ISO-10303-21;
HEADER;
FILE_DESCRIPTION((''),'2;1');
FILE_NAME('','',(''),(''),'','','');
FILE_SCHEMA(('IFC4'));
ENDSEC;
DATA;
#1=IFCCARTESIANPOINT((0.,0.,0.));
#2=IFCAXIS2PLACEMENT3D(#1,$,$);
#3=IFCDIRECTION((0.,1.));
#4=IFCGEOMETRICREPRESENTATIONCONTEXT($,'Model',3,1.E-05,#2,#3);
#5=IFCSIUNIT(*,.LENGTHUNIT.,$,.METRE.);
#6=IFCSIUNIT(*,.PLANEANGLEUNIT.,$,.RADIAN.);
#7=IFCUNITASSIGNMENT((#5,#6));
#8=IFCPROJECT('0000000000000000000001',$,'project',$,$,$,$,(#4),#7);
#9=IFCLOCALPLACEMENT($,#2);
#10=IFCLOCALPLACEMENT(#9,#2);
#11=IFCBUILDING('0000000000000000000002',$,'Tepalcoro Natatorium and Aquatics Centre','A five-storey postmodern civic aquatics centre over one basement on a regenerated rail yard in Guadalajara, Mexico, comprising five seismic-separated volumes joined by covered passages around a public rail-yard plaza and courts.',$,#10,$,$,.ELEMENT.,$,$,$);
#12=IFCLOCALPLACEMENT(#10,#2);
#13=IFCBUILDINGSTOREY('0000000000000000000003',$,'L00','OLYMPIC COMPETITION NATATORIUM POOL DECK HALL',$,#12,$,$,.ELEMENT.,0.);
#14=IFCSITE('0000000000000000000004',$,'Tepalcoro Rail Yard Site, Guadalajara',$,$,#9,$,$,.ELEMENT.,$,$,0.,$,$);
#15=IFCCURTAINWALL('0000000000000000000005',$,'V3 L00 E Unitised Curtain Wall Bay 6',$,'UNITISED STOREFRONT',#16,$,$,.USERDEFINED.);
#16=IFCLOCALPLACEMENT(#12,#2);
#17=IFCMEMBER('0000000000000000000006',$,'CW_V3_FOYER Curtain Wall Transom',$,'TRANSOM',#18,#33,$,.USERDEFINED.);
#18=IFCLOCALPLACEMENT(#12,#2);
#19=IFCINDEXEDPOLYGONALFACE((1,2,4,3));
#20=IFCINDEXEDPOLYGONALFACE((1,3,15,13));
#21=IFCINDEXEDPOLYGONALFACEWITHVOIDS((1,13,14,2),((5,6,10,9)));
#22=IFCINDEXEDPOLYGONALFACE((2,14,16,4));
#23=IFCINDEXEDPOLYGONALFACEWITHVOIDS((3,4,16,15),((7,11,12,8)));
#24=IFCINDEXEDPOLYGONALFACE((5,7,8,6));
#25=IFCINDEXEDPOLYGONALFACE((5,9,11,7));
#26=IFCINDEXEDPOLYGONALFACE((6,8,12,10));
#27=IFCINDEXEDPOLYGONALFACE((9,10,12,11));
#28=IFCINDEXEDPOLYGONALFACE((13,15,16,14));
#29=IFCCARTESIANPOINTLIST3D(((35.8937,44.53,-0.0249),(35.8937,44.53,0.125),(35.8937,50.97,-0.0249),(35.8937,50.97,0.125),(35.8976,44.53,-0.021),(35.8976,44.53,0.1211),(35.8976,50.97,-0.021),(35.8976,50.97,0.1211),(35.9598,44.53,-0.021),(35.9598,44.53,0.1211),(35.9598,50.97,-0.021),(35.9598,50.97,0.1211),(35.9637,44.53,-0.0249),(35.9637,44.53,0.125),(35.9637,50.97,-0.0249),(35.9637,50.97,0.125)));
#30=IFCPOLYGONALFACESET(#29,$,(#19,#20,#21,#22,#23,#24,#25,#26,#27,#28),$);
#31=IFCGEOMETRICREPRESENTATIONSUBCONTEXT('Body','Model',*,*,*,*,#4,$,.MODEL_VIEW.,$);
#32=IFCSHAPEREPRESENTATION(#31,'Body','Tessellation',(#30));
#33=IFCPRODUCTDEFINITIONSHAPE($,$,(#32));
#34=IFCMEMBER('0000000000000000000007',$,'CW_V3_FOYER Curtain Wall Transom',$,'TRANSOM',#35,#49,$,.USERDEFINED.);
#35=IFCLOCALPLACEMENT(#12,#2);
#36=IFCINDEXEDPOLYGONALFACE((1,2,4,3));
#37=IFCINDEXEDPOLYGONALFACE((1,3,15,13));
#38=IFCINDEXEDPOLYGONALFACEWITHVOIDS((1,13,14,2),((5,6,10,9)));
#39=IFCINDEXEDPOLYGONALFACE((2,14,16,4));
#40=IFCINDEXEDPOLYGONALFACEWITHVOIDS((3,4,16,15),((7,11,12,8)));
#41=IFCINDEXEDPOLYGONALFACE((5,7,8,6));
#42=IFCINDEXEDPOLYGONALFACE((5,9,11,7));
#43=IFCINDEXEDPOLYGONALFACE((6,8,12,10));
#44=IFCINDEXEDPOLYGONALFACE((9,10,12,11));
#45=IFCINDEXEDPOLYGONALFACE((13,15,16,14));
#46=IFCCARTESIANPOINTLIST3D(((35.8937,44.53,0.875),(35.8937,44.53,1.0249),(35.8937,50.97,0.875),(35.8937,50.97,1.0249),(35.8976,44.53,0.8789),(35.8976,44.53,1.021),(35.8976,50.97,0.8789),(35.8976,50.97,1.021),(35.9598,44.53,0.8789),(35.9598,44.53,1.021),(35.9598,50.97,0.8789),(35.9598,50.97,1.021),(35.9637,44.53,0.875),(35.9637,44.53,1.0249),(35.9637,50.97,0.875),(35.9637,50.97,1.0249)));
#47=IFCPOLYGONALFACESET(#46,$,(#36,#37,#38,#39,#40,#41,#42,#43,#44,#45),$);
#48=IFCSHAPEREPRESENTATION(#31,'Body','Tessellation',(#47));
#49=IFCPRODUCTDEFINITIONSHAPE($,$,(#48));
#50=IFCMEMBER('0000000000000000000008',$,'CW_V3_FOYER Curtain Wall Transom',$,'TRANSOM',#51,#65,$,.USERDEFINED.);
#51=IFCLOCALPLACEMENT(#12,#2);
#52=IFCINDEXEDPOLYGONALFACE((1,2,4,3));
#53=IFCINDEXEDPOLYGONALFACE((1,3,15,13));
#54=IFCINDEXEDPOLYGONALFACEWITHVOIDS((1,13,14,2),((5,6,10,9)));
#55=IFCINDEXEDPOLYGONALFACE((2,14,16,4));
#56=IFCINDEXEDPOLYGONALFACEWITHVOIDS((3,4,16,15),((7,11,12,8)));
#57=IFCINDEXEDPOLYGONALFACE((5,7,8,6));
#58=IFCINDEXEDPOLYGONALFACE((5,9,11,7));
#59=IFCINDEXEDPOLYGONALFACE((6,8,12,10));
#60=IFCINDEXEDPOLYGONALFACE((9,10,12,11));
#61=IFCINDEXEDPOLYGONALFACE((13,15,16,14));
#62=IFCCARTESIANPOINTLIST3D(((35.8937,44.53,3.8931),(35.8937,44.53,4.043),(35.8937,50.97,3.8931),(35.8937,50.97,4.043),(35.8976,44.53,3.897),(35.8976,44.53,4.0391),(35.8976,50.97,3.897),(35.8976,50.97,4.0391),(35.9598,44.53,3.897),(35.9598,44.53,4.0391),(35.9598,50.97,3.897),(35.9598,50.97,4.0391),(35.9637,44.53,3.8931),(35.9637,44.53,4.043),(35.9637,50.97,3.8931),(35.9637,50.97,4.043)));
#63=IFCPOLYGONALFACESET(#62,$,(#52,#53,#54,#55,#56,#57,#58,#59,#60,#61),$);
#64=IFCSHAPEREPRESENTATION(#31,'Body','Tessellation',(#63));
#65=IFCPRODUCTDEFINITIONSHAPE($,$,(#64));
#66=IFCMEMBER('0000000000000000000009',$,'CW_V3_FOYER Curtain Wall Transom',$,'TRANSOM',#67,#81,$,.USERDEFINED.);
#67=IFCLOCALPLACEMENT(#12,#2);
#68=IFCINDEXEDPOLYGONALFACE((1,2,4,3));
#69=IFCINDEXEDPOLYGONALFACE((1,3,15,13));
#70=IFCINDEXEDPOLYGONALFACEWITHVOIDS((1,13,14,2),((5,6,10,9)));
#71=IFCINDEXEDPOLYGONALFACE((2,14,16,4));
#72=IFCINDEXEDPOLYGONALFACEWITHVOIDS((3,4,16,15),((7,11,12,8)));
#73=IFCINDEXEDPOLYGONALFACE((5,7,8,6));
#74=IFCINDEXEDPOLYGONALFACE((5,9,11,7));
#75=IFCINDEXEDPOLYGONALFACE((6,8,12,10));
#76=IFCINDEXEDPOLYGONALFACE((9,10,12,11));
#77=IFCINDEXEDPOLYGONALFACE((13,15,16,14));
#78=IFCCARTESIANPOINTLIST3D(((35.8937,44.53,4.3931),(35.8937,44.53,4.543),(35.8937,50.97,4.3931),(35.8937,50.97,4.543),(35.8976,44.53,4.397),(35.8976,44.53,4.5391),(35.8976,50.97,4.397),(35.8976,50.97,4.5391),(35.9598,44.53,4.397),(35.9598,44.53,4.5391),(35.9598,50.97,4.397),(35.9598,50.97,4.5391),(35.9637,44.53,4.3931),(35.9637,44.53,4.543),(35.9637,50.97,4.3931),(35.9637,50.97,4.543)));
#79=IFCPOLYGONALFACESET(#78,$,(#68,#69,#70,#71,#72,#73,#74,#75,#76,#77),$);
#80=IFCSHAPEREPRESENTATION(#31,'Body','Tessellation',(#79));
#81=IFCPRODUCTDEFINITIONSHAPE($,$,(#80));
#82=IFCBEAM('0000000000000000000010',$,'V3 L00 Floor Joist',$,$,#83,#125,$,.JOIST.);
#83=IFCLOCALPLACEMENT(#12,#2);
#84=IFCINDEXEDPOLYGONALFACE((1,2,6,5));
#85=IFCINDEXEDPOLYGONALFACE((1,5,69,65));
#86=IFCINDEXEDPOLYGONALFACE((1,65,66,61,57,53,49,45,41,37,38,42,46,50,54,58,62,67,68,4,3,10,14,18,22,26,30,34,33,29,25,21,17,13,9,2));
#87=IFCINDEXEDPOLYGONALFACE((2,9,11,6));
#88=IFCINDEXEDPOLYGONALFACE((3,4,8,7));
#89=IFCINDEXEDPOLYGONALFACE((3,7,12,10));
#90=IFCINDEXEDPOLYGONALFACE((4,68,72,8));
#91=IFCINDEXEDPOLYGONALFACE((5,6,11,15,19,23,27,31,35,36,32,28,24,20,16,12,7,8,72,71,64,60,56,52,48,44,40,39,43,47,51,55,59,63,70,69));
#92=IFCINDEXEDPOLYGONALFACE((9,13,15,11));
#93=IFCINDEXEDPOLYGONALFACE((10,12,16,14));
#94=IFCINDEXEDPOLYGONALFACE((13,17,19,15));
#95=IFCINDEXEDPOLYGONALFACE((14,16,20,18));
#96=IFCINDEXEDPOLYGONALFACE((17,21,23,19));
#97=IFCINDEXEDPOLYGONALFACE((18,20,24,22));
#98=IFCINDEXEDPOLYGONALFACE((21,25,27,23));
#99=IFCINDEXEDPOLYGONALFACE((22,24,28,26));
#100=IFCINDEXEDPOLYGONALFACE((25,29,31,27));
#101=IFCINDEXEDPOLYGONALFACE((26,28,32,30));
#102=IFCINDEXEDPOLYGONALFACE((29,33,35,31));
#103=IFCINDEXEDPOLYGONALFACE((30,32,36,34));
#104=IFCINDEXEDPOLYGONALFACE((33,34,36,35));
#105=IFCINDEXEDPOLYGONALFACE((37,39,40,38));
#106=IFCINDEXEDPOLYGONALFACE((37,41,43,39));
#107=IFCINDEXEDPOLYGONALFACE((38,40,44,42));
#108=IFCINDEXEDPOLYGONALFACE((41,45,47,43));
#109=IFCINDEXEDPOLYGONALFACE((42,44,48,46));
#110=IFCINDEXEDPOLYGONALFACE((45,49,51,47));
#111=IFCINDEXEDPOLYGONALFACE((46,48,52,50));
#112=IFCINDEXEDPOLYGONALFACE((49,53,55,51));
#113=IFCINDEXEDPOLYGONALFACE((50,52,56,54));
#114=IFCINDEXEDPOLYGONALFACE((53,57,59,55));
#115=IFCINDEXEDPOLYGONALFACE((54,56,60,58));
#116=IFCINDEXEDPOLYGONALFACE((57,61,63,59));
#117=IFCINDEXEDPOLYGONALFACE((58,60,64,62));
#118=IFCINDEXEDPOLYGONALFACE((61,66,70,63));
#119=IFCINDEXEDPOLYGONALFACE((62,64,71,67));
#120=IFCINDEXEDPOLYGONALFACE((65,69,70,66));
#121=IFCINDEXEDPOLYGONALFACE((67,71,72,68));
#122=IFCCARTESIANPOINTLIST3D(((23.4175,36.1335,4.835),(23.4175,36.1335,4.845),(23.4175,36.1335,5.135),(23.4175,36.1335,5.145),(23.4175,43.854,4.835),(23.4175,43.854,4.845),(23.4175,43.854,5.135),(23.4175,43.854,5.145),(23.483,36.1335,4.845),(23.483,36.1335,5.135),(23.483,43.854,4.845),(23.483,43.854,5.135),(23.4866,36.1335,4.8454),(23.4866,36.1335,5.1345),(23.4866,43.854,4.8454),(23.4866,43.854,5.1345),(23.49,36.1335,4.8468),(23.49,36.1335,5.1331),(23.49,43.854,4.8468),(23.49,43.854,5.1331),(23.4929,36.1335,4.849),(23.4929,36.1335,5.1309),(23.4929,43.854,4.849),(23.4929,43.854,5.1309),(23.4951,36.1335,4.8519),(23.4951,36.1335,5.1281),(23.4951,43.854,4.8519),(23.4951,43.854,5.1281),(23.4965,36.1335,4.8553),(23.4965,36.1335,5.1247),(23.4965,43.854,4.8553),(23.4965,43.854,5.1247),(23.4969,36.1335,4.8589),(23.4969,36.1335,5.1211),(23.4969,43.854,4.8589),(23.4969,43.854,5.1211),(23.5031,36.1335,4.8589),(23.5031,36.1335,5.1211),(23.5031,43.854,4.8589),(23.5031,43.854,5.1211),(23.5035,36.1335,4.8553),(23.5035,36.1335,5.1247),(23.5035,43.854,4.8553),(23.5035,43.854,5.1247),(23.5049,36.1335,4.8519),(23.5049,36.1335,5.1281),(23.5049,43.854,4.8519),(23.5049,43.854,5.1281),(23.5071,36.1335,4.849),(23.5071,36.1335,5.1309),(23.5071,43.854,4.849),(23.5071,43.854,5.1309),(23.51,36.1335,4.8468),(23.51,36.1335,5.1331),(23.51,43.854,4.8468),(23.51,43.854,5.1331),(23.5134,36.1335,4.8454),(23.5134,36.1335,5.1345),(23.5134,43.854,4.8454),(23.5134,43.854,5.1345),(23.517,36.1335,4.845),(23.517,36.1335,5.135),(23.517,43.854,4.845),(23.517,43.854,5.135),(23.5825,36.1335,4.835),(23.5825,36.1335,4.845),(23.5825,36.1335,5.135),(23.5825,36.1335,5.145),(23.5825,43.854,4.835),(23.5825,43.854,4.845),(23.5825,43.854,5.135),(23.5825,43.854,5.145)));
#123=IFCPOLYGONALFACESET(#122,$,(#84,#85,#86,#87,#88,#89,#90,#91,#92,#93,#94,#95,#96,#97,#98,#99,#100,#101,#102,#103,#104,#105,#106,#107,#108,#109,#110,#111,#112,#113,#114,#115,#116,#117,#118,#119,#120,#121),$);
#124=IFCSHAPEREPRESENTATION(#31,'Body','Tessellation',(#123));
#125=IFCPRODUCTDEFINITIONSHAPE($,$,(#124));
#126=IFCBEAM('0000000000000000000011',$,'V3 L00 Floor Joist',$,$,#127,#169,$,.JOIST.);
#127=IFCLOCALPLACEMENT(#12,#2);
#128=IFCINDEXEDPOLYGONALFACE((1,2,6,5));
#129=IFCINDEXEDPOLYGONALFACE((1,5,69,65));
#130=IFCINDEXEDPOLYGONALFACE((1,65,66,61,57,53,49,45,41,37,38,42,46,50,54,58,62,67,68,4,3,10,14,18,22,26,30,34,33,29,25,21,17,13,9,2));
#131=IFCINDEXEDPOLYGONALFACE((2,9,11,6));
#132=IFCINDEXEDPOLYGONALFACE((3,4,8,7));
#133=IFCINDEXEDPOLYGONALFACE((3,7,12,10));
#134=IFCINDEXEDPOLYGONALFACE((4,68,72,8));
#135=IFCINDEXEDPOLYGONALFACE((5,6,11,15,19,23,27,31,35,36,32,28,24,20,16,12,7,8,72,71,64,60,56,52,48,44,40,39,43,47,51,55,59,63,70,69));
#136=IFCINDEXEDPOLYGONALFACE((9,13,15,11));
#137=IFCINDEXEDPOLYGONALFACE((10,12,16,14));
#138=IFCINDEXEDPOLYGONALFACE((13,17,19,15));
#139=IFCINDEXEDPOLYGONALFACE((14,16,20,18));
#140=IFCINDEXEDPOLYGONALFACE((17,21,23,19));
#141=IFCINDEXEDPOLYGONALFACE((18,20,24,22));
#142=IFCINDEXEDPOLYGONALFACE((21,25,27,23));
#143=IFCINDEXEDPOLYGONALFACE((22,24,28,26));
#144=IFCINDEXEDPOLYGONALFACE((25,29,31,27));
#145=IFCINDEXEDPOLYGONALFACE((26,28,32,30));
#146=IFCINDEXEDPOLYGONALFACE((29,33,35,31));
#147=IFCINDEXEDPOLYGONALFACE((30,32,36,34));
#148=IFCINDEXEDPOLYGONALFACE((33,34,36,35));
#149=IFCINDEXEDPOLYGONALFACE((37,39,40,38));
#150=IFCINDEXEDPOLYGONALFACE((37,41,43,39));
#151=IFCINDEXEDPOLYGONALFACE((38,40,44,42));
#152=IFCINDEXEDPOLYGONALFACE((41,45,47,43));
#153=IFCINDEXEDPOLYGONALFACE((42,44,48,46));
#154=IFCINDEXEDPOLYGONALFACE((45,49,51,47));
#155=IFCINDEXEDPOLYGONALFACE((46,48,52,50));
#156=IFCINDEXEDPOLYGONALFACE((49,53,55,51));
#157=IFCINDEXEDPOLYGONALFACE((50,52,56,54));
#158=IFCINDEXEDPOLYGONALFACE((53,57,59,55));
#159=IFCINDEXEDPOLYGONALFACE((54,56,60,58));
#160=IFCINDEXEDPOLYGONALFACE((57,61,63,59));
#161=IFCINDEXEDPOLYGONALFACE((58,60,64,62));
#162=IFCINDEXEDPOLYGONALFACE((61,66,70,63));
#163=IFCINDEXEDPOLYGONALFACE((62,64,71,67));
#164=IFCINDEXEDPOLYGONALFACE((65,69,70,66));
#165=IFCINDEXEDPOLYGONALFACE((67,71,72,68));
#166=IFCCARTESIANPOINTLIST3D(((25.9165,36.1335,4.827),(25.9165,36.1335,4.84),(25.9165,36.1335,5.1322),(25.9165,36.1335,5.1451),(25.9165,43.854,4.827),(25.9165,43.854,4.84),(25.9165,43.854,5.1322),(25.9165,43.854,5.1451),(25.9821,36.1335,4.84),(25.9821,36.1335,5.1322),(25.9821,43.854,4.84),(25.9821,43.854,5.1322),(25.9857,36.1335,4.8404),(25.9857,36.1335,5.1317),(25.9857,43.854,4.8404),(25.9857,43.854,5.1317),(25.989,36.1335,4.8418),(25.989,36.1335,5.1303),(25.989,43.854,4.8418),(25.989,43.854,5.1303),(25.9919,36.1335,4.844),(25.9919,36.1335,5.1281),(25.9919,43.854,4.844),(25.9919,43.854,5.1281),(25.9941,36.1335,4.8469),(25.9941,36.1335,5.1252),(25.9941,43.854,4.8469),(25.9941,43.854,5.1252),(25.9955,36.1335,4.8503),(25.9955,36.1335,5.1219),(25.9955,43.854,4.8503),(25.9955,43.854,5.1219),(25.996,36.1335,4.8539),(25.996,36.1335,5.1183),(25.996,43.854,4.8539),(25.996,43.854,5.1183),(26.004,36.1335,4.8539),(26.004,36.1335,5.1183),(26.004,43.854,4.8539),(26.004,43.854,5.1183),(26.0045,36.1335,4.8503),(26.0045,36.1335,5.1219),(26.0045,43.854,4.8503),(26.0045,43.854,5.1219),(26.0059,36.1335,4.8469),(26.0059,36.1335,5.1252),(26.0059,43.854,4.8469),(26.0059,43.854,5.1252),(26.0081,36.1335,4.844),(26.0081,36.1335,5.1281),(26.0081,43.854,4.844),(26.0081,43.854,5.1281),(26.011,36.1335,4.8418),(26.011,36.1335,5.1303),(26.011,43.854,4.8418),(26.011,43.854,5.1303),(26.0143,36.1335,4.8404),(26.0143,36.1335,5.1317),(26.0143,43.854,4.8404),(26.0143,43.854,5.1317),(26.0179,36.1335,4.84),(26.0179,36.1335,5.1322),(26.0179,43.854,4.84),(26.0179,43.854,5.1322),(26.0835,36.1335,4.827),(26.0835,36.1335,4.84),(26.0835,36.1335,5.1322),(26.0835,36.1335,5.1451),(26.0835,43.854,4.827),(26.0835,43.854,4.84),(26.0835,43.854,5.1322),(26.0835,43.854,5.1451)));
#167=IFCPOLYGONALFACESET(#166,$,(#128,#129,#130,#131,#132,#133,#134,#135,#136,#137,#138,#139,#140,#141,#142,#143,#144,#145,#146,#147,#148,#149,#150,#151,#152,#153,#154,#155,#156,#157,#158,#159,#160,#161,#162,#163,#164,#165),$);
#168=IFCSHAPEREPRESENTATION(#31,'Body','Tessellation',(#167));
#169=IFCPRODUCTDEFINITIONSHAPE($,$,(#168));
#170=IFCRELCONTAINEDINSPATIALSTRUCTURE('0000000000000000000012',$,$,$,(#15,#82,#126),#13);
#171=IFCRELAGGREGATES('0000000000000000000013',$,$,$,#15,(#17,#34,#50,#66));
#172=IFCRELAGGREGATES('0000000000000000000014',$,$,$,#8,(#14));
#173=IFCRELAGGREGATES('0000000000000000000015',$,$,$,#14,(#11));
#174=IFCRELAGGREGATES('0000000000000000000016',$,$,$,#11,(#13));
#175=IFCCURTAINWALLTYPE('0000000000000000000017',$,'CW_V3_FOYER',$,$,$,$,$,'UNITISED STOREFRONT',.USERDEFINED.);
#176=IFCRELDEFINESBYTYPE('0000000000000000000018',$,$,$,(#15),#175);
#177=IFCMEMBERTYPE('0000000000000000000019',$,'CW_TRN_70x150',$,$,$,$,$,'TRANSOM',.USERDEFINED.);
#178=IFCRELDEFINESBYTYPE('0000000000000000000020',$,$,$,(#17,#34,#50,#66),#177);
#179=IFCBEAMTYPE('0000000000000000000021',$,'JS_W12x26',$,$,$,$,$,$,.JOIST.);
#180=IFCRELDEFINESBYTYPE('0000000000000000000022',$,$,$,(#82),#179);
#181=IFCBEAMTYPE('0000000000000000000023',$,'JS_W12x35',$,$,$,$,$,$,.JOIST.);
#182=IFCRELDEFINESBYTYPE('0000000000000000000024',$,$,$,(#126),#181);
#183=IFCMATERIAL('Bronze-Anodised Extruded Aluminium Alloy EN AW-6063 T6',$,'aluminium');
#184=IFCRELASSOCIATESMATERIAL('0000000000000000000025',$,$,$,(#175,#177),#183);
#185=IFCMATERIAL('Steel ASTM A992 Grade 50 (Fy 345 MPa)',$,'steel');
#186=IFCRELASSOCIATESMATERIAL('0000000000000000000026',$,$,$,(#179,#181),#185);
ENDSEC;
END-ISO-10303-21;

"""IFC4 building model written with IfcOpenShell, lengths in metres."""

from ifc_helpers import new_model, si_unit, direction, frame, origin, origin_2d, place, context, subcontext, project, spatial, hollow_rectangle, i_section, extrude, material, material_profile, profile_set, type_object, element, aggregate, save


model = new_model("IFC4")

# Units and contexts
model_context = context("Model", 3, precision=1e-05, world=origin(), true_north=direction((0.0, 1.0)))
body_context = subcontext(model_context, "Body", "Model", "MODEL_VIEW")
ifc_project = project(units=[si_unit("LENGTHUNIT", "METRE"), si_unit("PLANEANGLEUNIT", "RADIAN")], contexts=[model_context])

# Site, building, storey
site_placement = place(None, origin())
site = spatial("IfcSite", under=ifc_project, at=site_placement, Name="Tepalcoro Rail Yard Site, Guadalajara", CompositionType="ELEMENT", RefElevation=0.0)
building_placement = place(site_placement, origin())
building = spatial("IfcBuilding", under=site, at=building_placement, Name="Tepalcoro Natatorium and Aquatics Centre", Description="A five-storey postmodern civic aquatics centre over one basement on a regenerated rail yard in Guadalajara, Mexico, comprising five seismic-separated volumes joined by covered passages around a public rail-yard plaza and courts.", CompositionType="ELEMENT")
storey_placement = place(building_placement, origin())
storey = spatial("IfcBuildingStorey", under=building, at=storey_placement, Name="L00", Description="OLYMPIC COMPETITION NATATORIUM POOL DECK HALL", CompositionType="ELEMENT", Elevation=0.0)

# Shared definitions
ifc_material_1 = material(Name="Steel ASTM A992 Grade 50 (Fy 345 MPa)", Category="steel")

# Curtain wall, members
ifc_material_2 = material(Name="Bronze-Anodised Extruded Aluminium Alloy EN AW-6063 T6", Category="aluminium")
curtain_wall_type = type_object("IfcCurtainWallType", Name="CW_V3_FOYER", ElementType="UNITISED STOREFRONT", PredefinedType="USERDEFINED", material=ifc_material_2)
curtain_wall_placement = place(storey_placement, origin())
curtain_wall = element("IfcCurtainWall", 1, at=curtain_wall_placement, inside=storey, type_object=curtain_wall_type, Name="V3 L00 E Unitised Curtain Wall Bay 6", ObjectType="UNITISED STOREFRONT", PredefinedType="USERDEFINED")
ifc_material_profile_1 = material_profile(ifc_material_2, hollow_rectangle(XDim=0.0701, YDim=0.1499, WallThickness=0.0039, at=origin_2d()), Name="AL70X150X4")
ifc_profile_set_1 = profile_set([ifc_material_profile_1], Name="Bronze-Anodised Extruded Aluminium Alloy EN AW-6063 T6")
member_type_1 = type_object("IfcMemberType", Name="CW_TRN_70x150", ElementType="TRANSOM", PredefinedType="USERDEFINED", material=ifc_profile_set_1)
member_1_placement = place(storey_placement, frame((35.9287, 44.53, 0.05), z_axis=(0.0, 1.0, 0.0), x_axis=(-1.0, 0.0, 0.0)))
member_1 = element("IfcMember", 2, at=member_1_placement, type_object=member_type_1, Name="CW_V3_FOYER Curtain Wall Transom", ObjectType="TRANSOM", PredefinedType="USERDEFINED", context=body_context, shape_type="SweptSolid", body=[
    extrude(hollow_rectangle(XDim=0.0701, YDim=0.1499, WallThickness=0.0039, at=origin_2d()), origin(), (0.0, 0.0, 1.0), 6.4399),
])
member_2_placement = place(storey_placement, frame((35.9287, 44.53, 0.95), z_axis=(0.0, 1.0, 0.0), x_axis=(-1.0, 0.0, 0.0)))
member_2 = element("IfcMember", 3, at=member_2_placement, type_object=member_type_1, Name="CW_V3_FOYER Curtain Wall Transom", ObjectType="TRANSOM", PredefinedType="USERDEFINED", context=body_context, shape_type="SweptSolid", body=[
    extrude(hollow_rectangle(XDim=0.0701, YDim=0.1499, WallThickness=0.0039, at=origin_2d()), origin(), (0.0, 0.0, 1.0), 6.4399),
])
member_3_placement = place(storey_placement, frame((35.9287, 44.53, 3.968), z_axis=(0.0, 1.0, 0.0), x_axis=(-1.0, 0.0, 0.0)))
member_3 = element("IfcMember", 4, at=member_3_placement, type_object=member_type_1, Name="CW_V3_FOYER Curtain Wall Transom", ObjectType="TRANSOM", PredefinedType="USERDEFINED", context=body_context, shape_type="SweptSolid", body=[
    extrude(hollow_rectangle(XDim=0.0701, YDim=0.1499, WallThickness=0.0039, at=origin_2d()), origin(), (0.0, 0.0, 1.0), 6.4399),
])
member_4_placement = place(storey_placement, frame((35.9287, 44.53, 4.468), z_axis=(0.0, 1.0, 0.0), x_axis=(-1.0, 0.0, 0.0)))
member_4 = element("IfcMember", 5, at=member_4_placement, type_object=member_type_1, Name="CW_V3_FOYER Curtain Wall Transom", ObjectType="TRANSOM", PredefinedType="USERDEFINED", context=body_context, shape_type="SweptSolid", body=[
    extrude(hollow_rectangle(XDim=0.0701, YDim=0.1499, WallThickness=0.0039, at=origin_2d()), origin(), (0.0, 0.0, 1.0), 6.4399),
])

# Beams
ifc_material_profile_2 = material_profile(ifc_material_1, i_section(OverallWidth=0.165, OverallDepth=0.3101, WebThickness=0.0061, FlangeThickness=0.01, FilletRadius=0.0139, at=origin_2d()), Name="W12X26")
ifc_profile_set_2 = profile_set([ifc_material_profile_2], Name="Steel ASTM A992 Grade 50 (Fy 345 MPa)")
beam_type_1 = type_object("IfcBeamType", Name="JS_W12x26", PredefinedType="JOIST", material=ifc_profile_set_2)
beam_1_placement = place(storey_placement, frame((23.5, 36.1335, 4.99), z_axis=(0.0, 1.0, 0.0), x_axis=(-1.0, 0.0, 0.0)))
element("IfcBeam", 6, at=beam_1_placement, inside=storey, type_object=beam_type_1, Name="V3 L00 Floor Joist", PredefinedType="JOIST", context=body_context, shape_type="SweptSolid", body=[
    extrude(i_section(OverallWidth=0.165, OverallDepth=0.3101, WebThickness=0.0061, FlangeThickness=0.01, FilletRadius=0.0139, at=origin_2d()), origin(), (0.0, 0.0, 1.0), 7.7205),
])
ifc_material_profile_3 = material_profile(ifc_material_1, i_section(OverallWidth=0.167, OverallDepth=0.3181, WebThickness=0.0081, FlangeThickness=0.0129, FilletRadius=0.0139, at=origin_2d()), Name="W12X35")
ifc_profile_set_3 = profile_set([ifc_material_profile_3], Name="Steel ASTM A992 Grade 50 (Fy 345 MPa)")
beam_type_2 = type_object("IfcBeamType", Name="JS_W12x35", PredefinedType="JOIST", material=ifc_profile_set_3)
beam_2_placement = place(storey_placement, frame((26.0, 36.1335, 4.9861), z_axis=(0.0, 1.0, 0.0), x_axis=(-1.0, 0.0, 0.0)))
element("IfcBeam", 7, at=beam_2_placement, inside=storey, type_object=beam_type_2, Name="V3 L00 Floor Joist", PredefinedType="JOIST", context=body_context, shape_type="SweptSolid", body=[
    extrude(i_section(OverallWidth=0.167, OverallDepth=0.3181, WebThickness=0.0081, FlangeThickness=0.0129, FilletRadius=0.0139, at=origin_2d()), origin(), (0.0, 0.0, 1.0), 7.7205),
])

aggregate(curtain_wall, [member_1, member_2, member_3, member_4])

save(model, "model.ifc")
